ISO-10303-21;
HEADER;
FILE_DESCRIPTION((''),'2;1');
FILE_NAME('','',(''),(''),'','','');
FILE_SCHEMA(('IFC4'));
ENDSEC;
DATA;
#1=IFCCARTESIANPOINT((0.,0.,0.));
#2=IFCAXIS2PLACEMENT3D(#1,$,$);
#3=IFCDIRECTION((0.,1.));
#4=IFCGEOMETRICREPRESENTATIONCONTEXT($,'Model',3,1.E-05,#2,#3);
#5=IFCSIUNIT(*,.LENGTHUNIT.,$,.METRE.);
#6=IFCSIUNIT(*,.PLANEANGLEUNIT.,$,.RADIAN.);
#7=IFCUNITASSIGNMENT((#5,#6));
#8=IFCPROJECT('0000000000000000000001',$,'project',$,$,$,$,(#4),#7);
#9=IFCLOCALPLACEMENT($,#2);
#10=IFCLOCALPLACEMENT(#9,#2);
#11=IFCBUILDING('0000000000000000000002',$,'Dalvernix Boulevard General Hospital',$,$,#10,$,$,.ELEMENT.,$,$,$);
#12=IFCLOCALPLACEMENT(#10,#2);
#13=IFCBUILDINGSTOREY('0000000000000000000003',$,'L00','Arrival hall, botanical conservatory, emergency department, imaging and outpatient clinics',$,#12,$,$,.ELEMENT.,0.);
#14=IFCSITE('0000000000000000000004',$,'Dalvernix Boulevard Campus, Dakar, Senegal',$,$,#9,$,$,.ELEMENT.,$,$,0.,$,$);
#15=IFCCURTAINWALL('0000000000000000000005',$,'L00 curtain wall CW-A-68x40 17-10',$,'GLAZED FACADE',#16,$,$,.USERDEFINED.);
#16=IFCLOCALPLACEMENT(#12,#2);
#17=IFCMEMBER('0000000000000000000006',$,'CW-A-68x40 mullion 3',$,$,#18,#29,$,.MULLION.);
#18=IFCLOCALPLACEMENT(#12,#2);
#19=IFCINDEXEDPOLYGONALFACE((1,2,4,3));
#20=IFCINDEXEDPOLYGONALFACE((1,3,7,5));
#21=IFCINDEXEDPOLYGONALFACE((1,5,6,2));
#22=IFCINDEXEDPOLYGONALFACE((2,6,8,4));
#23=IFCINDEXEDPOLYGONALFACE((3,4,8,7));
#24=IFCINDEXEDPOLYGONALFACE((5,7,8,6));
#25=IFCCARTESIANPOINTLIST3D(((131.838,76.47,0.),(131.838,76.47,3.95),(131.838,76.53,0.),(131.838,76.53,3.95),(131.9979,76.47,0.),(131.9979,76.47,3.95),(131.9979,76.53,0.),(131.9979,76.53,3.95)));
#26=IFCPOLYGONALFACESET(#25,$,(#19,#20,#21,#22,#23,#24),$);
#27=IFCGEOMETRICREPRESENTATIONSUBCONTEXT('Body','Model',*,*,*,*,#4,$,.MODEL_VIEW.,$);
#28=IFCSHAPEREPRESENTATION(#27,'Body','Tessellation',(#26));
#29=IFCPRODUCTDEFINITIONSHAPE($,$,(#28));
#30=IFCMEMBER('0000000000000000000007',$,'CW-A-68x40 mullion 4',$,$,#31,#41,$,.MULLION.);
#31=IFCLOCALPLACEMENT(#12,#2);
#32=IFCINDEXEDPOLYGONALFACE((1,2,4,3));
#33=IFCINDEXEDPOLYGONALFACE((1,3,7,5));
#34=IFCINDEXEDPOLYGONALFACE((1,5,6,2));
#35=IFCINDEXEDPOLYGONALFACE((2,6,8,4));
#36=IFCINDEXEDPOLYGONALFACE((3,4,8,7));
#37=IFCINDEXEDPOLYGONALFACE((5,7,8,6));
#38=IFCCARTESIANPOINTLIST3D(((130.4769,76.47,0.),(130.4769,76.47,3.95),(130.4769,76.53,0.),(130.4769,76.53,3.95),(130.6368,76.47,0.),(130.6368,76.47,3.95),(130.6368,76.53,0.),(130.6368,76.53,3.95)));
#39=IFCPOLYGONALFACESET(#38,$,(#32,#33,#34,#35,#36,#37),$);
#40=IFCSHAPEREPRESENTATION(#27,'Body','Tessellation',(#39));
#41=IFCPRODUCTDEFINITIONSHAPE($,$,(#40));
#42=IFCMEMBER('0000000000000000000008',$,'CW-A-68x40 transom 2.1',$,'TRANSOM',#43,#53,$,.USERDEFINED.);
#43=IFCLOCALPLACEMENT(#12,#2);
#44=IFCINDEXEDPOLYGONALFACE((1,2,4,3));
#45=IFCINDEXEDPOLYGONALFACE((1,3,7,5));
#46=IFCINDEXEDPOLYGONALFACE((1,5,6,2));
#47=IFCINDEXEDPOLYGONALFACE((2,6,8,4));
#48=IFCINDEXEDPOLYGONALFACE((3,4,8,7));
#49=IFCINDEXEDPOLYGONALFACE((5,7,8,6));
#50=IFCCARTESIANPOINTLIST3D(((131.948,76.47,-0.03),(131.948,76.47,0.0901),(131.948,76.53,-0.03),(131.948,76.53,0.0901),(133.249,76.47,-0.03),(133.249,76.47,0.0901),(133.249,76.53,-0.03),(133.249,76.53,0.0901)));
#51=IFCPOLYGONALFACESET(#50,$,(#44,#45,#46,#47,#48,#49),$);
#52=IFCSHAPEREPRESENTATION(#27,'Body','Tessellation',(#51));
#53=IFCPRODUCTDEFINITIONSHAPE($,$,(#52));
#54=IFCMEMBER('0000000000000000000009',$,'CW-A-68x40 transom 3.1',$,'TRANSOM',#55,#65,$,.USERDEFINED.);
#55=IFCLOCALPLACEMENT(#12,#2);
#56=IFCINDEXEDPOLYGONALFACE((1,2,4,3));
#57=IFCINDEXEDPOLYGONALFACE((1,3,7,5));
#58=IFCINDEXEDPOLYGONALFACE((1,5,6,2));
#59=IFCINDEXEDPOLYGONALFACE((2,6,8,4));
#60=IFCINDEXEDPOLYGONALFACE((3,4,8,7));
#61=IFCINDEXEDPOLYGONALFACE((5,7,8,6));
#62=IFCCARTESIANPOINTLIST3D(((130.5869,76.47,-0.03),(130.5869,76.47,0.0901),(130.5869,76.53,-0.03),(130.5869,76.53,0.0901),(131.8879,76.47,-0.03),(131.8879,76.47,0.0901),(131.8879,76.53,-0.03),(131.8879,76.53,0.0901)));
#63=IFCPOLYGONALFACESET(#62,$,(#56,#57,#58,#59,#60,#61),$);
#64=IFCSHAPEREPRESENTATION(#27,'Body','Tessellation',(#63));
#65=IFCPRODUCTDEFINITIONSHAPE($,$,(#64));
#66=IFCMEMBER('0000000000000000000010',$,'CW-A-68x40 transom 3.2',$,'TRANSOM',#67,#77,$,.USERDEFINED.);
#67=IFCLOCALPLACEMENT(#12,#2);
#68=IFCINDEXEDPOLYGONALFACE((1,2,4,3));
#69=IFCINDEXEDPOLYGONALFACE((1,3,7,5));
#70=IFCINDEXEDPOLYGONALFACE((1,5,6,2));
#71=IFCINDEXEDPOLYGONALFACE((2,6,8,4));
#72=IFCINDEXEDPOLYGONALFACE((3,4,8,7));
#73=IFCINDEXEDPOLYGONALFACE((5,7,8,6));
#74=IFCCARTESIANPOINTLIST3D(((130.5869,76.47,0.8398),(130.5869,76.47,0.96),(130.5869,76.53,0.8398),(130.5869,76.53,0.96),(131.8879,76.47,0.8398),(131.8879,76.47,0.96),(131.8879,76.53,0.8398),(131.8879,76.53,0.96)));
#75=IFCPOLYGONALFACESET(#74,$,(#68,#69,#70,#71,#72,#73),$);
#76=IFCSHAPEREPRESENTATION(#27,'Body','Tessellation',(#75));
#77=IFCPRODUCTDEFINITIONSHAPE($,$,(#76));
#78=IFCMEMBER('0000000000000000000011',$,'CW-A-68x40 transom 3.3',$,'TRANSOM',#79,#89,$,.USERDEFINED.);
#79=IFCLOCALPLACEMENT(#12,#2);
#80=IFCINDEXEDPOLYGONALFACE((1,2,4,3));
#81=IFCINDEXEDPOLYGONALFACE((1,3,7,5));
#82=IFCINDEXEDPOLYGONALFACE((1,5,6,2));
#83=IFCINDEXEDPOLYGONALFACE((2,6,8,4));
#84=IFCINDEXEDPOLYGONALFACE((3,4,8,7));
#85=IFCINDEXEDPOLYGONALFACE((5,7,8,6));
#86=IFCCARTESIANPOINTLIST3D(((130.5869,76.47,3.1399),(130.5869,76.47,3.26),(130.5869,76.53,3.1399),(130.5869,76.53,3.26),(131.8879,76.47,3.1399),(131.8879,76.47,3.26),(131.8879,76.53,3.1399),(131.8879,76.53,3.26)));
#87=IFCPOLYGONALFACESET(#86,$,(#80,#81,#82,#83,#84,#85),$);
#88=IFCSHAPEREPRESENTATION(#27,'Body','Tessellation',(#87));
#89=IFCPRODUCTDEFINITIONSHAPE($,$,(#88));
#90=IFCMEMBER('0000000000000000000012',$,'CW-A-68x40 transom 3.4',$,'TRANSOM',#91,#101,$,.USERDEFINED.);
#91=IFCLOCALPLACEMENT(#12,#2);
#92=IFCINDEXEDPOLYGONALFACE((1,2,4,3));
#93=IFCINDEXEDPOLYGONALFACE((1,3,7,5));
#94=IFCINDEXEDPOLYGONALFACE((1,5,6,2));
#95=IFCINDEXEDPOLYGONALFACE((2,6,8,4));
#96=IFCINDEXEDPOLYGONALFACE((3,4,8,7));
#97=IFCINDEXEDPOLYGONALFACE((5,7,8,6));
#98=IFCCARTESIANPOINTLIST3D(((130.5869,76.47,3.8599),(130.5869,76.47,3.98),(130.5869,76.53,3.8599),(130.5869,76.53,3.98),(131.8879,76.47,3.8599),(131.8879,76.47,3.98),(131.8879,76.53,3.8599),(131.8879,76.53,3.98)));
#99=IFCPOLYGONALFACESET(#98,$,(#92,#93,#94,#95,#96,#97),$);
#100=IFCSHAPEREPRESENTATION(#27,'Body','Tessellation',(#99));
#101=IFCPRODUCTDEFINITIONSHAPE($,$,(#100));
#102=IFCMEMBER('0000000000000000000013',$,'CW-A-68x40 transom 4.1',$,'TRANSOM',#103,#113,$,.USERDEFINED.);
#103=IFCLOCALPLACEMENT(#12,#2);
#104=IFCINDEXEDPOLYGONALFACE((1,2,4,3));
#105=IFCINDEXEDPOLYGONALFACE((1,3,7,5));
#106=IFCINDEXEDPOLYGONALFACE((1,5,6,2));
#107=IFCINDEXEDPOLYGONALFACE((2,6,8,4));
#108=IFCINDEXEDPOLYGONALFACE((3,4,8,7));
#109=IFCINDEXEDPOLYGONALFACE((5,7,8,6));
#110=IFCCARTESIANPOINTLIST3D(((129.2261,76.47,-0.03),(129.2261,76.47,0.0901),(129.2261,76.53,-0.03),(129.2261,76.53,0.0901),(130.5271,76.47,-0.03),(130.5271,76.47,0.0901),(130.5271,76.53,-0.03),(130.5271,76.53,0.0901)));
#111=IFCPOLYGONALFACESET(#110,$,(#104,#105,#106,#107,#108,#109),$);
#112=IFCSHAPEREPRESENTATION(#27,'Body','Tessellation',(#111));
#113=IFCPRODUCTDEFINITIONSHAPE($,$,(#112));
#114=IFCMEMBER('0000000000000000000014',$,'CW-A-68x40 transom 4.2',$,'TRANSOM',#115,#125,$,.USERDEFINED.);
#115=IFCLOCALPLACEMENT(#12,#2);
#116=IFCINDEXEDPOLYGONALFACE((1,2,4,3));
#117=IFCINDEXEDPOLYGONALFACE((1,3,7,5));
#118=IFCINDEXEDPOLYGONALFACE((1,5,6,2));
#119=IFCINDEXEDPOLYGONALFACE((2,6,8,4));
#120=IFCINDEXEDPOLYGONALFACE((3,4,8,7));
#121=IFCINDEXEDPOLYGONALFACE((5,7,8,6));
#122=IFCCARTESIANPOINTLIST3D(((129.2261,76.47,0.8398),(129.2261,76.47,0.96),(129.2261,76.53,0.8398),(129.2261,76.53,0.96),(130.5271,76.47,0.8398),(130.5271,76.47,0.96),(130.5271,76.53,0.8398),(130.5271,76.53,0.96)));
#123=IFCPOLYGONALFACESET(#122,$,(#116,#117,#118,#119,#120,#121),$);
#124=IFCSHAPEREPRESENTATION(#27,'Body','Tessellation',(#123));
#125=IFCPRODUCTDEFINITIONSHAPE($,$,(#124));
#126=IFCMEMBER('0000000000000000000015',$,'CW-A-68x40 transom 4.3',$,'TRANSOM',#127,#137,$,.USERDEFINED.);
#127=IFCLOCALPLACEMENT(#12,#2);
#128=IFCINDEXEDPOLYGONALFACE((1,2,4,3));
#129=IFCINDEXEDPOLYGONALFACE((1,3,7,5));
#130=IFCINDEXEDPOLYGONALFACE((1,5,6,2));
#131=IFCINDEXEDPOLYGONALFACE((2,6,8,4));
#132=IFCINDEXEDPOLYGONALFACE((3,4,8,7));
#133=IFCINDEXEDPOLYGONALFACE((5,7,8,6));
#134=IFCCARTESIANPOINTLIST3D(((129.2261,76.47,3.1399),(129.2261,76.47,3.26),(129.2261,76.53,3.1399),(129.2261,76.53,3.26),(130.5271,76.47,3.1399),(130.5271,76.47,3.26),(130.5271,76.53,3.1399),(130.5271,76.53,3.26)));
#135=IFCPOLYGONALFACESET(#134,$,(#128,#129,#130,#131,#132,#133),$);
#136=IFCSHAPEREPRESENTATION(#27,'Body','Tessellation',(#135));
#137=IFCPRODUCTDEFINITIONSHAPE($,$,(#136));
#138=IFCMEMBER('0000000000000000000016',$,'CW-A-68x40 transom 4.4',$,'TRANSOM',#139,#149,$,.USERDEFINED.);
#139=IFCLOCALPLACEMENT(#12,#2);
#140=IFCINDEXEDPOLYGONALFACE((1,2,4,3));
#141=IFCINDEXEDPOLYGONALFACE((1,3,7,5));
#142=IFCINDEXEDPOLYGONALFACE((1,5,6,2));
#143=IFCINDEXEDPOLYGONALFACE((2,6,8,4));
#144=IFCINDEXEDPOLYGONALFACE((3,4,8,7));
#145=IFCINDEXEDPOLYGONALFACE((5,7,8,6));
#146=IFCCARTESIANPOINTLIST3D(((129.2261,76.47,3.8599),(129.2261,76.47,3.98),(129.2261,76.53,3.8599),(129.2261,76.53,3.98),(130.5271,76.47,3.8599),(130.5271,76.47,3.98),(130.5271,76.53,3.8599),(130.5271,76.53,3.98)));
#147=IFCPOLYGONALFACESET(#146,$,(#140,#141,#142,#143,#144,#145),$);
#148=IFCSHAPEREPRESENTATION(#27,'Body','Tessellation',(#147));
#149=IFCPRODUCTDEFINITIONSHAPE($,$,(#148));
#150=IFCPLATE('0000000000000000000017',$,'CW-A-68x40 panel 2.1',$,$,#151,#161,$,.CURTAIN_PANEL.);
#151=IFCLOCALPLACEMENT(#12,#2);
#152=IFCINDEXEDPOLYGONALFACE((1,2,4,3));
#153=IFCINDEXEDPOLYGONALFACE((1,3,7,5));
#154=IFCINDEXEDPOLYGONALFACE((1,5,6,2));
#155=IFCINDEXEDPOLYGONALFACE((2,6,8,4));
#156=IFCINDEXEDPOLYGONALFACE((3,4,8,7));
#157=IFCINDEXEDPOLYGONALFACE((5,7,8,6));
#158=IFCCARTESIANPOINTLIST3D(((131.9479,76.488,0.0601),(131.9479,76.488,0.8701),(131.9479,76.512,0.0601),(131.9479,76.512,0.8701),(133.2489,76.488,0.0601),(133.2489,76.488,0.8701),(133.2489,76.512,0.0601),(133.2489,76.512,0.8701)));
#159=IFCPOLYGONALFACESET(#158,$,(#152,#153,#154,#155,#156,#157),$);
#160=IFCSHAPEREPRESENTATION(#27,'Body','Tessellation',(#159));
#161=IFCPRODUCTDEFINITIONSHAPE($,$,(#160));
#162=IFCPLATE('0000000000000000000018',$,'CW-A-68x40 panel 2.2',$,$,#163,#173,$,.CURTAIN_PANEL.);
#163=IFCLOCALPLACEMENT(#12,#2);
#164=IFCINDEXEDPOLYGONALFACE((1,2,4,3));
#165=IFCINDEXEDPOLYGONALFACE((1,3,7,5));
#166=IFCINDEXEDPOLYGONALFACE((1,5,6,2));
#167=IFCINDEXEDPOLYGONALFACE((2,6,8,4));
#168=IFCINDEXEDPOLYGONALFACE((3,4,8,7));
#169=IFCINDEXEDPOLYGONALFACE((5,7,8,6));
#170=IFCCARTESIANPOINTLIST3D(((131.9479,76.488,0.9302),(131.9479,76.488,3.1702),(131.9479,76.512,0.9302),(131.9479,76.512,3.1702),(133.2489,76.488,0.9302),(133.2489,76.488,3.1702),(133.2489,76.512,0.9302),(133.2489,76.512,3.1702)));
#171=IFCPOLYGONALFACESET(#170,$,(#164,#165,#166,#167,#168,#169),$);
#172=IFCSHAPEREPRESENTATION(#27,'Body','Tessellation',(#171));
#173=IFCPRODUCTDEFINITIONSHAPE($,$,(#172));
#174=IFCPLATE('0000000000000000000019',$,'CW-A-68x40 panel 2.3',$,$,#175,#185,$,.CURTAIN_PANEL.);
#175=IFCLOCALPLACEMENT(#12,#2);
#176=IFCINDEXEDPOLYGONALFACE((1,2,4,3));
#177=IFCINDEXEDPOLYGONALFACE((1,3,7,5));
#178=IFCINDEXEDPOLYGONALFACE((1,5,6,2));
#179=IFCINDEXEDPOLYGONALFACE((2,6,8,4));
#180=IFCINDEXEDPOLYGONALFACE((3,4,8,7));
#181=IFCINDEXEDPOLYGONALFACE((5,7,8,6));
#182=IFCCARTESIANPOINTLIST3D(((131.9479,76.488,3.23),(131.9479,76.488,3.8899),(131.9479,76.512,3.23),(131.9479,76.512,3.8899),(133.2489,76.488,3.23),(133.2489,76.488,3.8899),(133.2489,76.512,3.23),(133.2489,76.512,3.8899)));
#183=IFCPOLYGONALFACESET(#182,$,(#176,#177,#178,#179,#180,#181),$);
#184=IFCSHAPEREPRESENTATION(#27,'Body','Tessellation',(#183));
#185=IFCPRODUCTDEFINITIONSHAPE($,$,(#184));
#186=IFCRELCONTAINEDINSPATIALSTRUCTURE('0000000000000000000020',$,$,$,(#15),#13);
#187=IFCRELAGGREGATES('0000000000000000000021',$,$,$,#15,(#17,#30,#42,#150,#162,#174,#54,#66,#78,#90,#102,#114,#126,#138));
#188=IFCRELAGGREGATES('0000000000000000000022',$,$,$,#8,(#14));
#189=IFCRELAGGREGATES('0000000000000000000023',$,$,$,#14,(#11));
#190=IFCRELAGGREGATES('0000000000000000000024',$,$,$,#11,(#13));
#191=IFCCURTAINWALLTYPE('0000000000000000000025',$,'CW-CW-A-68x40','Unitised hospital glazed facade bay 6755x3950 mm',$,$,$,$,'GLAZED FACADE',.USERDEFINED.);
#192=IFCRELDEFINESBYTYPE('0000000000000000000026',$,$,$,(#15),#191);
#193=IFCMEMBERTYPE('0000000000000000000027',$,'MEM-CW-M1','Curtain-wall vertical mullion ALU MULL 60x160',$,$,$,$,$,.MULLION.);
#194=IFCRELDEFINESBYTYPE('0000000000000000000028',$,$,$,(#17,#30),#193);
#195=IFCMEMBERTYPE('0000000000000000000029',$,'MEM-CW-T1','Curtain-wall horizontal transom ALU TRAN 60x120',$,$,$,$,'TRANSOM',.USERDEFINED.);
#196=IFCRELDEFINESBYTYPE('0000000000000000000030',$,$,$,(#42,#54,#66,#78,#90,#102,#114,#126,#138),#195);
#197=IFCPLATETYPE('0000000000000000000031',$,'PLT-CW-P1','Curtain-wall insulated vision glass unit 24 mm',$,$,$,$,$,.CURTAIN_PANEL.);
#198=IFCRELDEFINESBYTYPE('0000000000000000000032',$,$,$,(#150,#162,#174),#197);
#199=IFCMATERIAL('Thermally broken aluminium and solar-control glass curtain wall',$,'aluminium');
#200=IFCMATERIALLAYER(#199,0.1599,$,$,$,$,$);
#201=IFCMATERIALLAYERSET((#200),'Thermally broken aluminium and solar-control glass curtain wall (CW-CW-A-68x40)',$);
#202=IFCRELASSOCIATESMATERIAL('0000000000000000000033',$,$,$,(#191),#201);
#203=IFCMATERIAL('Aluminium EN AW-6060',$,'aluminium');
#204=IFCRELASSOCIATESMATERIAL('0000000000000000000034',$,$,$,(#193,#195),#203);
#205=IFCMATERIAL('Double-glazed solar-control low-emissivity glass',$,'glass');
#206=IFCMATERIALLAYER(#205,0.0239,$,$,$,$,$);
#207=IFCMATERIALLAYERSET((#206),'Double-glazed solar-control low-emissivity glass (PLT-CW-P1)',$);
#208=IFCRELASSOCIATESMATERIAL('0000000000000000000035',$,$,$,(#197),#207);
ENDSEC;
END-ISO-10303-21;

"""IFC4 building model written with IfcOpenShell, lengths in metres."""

from ifc_helpers import new_model, si_unit, direction, frame, origin, origin_2d, place, context, subcontext, project, spatial, rectangle, extrude, material, layer, layer_set, material_profile, profile_set, type_object, element, aggregate, save


model = new_model("IFC4")

# Units and contexts
model_context = context("Model", 3, precision=1e-05, world=origin(), true_north=direction((0.0, 1.0)))
body_context = subcontext(model_context, "Body", "Model", "MODEL_VIEW")
ifc_project = project(units=[si_unit("LENGTHUNIT", "METRE"), si_unit("PLANEANGLEUNIT", "RADIAN")], contexts=[model_context])

# Site, building, storey
site_placement = place(None, origin())
site = spatial("IfcSite", under=ifc_project, at=site_placement, Name="Dalvernix Boulevard Campus, Dakar, Senegal", CompositionType="ELEMENT", RefElevation=0.0)
building_placement = place(site_placement, origin())
building = spatial("IfcBuilding", under=site, at=building_placement, Name="Dalvernix Boulevard General Hospital", CompositionType="ELEMENT")
storey_placement = place(building_placement, origin())
storey = spatial("IfcBuildingStorey", under=building, at=storey_placement, Name="L00", Description="Arrival hall, botanical conservatory, emergency department, imaging and outpatient clinics", CompositionType="ELEMENT", Elevation=0.0)

# Curtain wall, members, plates
ifc_material_1 = material(Name="Thermally broken aluminium and solar-control glass curtain wall", Category="aluminium")
ifc_layer_1 = layer(ifc_material_1, 0.1599)
ifc_layer_set_1 = layer_set([ifc_layer_1], Name="Thermally broken aluminium and solar-control glass curtain wall (CW-CW-A-68x40)")
curtain_wall_type = type_object("IfcCurtainWallType", Name="CW-CW-A-68x40", Description="Unitised hospital glazed facade bay 6755x3950 mm", ElementType="GLAZED FACADE", PredefinedType="USERDEFINED", material=ifc_layer_set_1)
curtain_wall_placement = place(storey_placement, origin())
curtain_wall = element("IfcCurtainWall", 1, at=curtain_wall_placement, inside=storey, type_object=curtain_wall_type, Name="L00 curtain wall CW-A-68x40 17-10", ObjectType="GLAZED FACADE", PredefinedType="USERDEFINED")
ifc_material_2 = material(Name="Aluminium EN AW-6060", Category="aluminium")
ifc_material_profile_1 = material_profile(ifc_material_2, rectangle(XDim=0.0601, YDim=0.1599, at=origin_2d()), Name="ALU MULL 60x160")
ifc_profile_set_1 = profile_set([ifc_material_profile_1], Name="Aluminium EN AW-6060")
member_type_1 = type_object("IfcMemberType", Name="MEM-CW-M1", Description="Curtain-wall vertical mullion ALU MULL 60x160", PredefinedType="MULLION", material=ifc_profile_set_1)
member_1_placement = place(storey_placement, frame((131.918, 76.5, 0.0), z_axis=(0.0, 0.0, 1.0), x_axis=(0.0, -1.0, 0.0)))
member_1 = element("IfcMember", 2, at=member_1_placement, type_object=member_type_1, Name="CW-A-68x40 mullion 3", PredefinedType="MULLION", context=body_context, shape_type="SweptSolid", body=[
    extrude(rectangle(XDim=0.0601, YDim=0.1599, at=origin_2d()), origin(), (0.0, 0.0, 1.0), 3.95),
])
member_2_placement = place(storey_placement, frame((130.5569, 76.5, 0.0), z_axis=(0.0, 0.0, 1.0), x_axis=(0.0, -1.0, 0.0)))
member_2 = element("IfcMember", 3, at=member_2_placement, type_object=member_type_1, Name="CW-A-68x40 mullion 4", PredefinedType="MULLION", context=body_context, shape_type="SweptSolid", body=[
    extrude(rectangle(XDim=0.0601, YDim=0.1599, at=origin_2d()), origin(), (0.0, 0.0, 1.0), 3.95),
])
ifc_material_profile_2 = material_profile(ifc_material_2, rectangle(XDim=0.0601, YDim=0.1201, at=origin_2d()), Name="ALU TRAN 60x120")
ifc_profile_set_2 = profile_set([ifc_material_profile_2], Name="Aluminium EN AW-6060")
member_type_2 = type_object("IfcMemberType", Name="MEM-CW-T1", Description="Curtain-wall horizontal transom ALU TRAN 60x120", ElementType="TRANSOM", PredefinedType="USERDEFINED", material=ifc_profile_set_2)
member_3_placement = place(storey_placement, frame((133.249, 76.5, 0.03), z_axis=(-1.0, 0.0, 0.0), x_axis=(0.0, -1.0, 0.0)))
member_3 = element("IfcMember", 4, at=member_3_placement, type_object=member_type_2, Name="CW-A-68x40 transom 2.1", ObjectType="TRANSOM", PredefinedType="USERDEFINED", context=body_context, shape_type="SweptSolid", body=[
    extrude(rectangle(XDim=0.0601, YDim=0.1201, at=origin_2d()), origin(), (0.0, 0.0, 1.0), 1.301),
])
member_4_placement = place(storey_placement, frame((131.8879, 76.5, 0.03), z_axis=(-1.0, 0.0, 0.0), x_axis=(0.0, -1.0, 0.0)))
member_4 = element("IfcMember", 5, at=member_4_placement, type_object=member_type_2, Name="CW-A-68x40 transom 3.1", ObjectType="TRANSOM", PredefinedType="USERDEFINED", context=body_context, shape_type="SweptSolid", body=[
    extrude(rectangle(XDim=0.0601, YDim=0.1201, at=origin_2d()), origin(), (0.0, 0.0, 1.0), 1.301),
])
member_5_placement = place(storey_placement, frame((131.8879, 76.5, 0.8999), z_axis=(-1.0, 0.0, 0.0), x_axis=(0.0, -1.0, 0.0)))
member_5 = element("IfcMember", 6, at=member_5_placement, type_object=member_type_2, Name="CW-A-68x40 transom 3.2", ObjectType="TRANSOM", PredefinedType="USERDEFINED", context=body_context, shape_type="SweptSolid", body=[
    extrude(rectangle(XDim=0.0601, YDim=0.1201, at=origin_2d()), origin(), (0.0, 0.0, 1.0), 1.301),
])
member_6_placement = place(storey_placement, frame((131.8879, 76.5, 3.2), z_axis=(-1.0, 0.0, 0.0), x_axis=(0.0, -1.0, 0.0)))
member_6 = element("IfcMember", 7, at=member_6_placement, type_object=member_type_2, Name="CW-A-68x40 transom 3.3", ObjectType="TRANSOM", PredefinedType="USERDEFINED", context=body_context, shape_type="SweptSolid", body=[
    extrude(rectangle(XDim=0.0601, YDim=0.1201, at=origin_2d()), origin(), (0.0, 0.0, 1.0), 1.301),
])
member_7_placement = place(storey_placement, frame((131.8879, 76.5, 3.9199), z_axis=(-1.0, 0.0, 0.0), x_axis=(0.0, -1.0, 0.0)))
member_7 = element("IfcMember", 8, at=member_7_placement, type_object=member_type_2, Name="CW-A-68x40 transom 3.4", ObjectType="TRANSOM", PredefinedType="USERDEFINED", context=body_context, shape_type="SweptSolid", body=[
    extrude(rectangle(XDim=0.0601, YDim=0.1201, at=origin_2d()), origin(), (0.0, 0.0, 1.0), 1.301),
])
member_8_placement = place(storey_placement, frame((130.5271, 76.5, 0.03), z_axis=(-1.0, 0.0, 0.0), x_axis=(0.0, -1.0, 0.0)))
member_8 = element("IfcMember", 9, at=member_8_placement, type_object=member_type_2, Name="CW-A-68x40 transom 4.1", ObjectType="TRANSOM", PredefinedType="USERDEFINED", context=body_context, shape_type="SweptSolid", body=[
    extrude(rectangle(XDim=0.0601, YDim=0.1201, at=origin_2d()), origin(), (0.0, 0.0, 1.0), 1.301),
])
member_9_placement = place(storey_placement, frame((130.5271, 76.5, 0.8999), z_axis=(-1.0, 0.0, 0.0), x_axis=(0.0, -1.0, 0.0)))
member_9 = element("IfcMember", 10, at=member_9_placement, type_object=member_type_2, Name="CW-A-68x40 transom 4.2", ObjectType="TRANSOM", PredefinedType="USERDEFINED", context=body_context, shape_type="SweptSolid", body=[
    extrude(rectangle(XDim=0.0601, YDim=0.1201, at=origin_2d()), origin(), (0.0, 0.0, 1.0), 1.301),
])
member_10_placement = place(storey_placement, frame((130.5271, 76.5, 3.2), z_axis=(-1.0, 0.0, 0.0), x_axis=(0.0, -1.0, 0.0)))
member_10 = element("IfcMember", 11, at=member_10_placement, type_object=member_type_2, Name="CW-A-68x40 transom 4.3", ObjectType="TRANSOM", PredefinedType="USERDEFINED", context=body_context, shape_type="SweptSolid", body=[
    extrude(rectangle(XDim=0.0601, YDim=0.1201, at=origin_2d()), origin(), (0.0, 0.0, 1.0), 1.301),
])
member_11_placement = place(storey_placement, frame((130.5271, 76.5, 3.9199), z_axis=(-1.0, 0.0, 0.0), x_axis=(0.0, -1.0, 0.0)))
member_11 = element("IfcMember", 12, at=member_11_placement, type_object=member_type_2, Name="CW-A-68x40 transom 4.4", ObjectType="TRANSOM", PredefinedType="USERDEFINED", context=body_context, shape_type="SweptSolid", body=[
    extrude(rectangle(XDim=0.0601, YDim=0.1201, at=origin_2d()), origin(), (0.0, 0.0, 1.0), 1.301),
])
ifc_material_3 = material(Name="Double-glazed solar-control low-emissivity glass", Category="glass")
ifc_layer_2 = layer(ifc_material_3, 0.0239)
ifc_layer_set_2 = layer_set([ifc_layer_2], Name="Double-glazed solar-control low-emissivity glass (PLT-CW-P1)")
plate_type = type_object("IfcPlateType", Name="PLT-CW-P1", Description="Curtain-wall insulated vision glass unit 24 mm", PredefinedType="CURTAIN_PANEL", material=ifc_layer_set_2)
plate_1_placement = place(storey_placement, frame((132.5984, 76.5, 0.0601), z_axis=(0.0, 0.0, 1.0), x_axis=(-1.0, 0.0, 0.0)))
plate_1 = element("IfcPlate", 13, at=plate_1_placement, type_object=plate_type, Name="CW-A-68x40 panel 2.1", PredefinedType="CURTAIN_PANEL", context=body_context, shape_type="SweptSolid", body=[
    extrude(rectangle(XDim=1.301, YDim=0.0239, at=origin_2d()), origin(), (0.0, 0.0, 1.0), 0.8101),
])
plate_2_placement = place(storey_placement, frame((132.5984, 76.5, 0.9302), z_axis=(0.0, 0.0, 1.0), x_axis=(-1.0, 0.0, 0.0)))
plate_2 = element("IfcPlate", 14, at=plate_2_placement, type_object=plate_type, Name="CW-A-68x40 panel 2.2", PredefinedType="CURTAIN_PANEL", context=body_context, shape_type="SweptSolid", body=[
    extrude(rectangle(XDim=1.301, YDim=0.0239, at=origin_2d()), origin(), (0.0, 0.0, 1.0), 2.24),
])
plate_3_placement = place(storey_placement, frame((132.5984, 76.5, 3.23), z_axis=(0.0, 0.0, 1.0), x_axis=(-1.0, 0.0, 0.0)))
plate_3 = element("IfcPlate", 15, at=plate_3_placement, type_object=plate_type, Name="CW-A-68x40 panel 2.3", PredefinedType="CURTAIN_PANEL", context=body_context, shape_type="SweptSolid", body=[
    extrude(rectangle(XDim=1.301, YDim=0.0239, at=origin_2d()), origin(), (0.0, 0.0, 1.0), 0.6599),
])
aggregate(curtain_wall, [member_1, member_2, member_3, plate_1, plate_2, plate_3, member_4, member_5, member_6, member_7, member_8, member_9, member_10, member_11])

save(model, "model.ifc")
